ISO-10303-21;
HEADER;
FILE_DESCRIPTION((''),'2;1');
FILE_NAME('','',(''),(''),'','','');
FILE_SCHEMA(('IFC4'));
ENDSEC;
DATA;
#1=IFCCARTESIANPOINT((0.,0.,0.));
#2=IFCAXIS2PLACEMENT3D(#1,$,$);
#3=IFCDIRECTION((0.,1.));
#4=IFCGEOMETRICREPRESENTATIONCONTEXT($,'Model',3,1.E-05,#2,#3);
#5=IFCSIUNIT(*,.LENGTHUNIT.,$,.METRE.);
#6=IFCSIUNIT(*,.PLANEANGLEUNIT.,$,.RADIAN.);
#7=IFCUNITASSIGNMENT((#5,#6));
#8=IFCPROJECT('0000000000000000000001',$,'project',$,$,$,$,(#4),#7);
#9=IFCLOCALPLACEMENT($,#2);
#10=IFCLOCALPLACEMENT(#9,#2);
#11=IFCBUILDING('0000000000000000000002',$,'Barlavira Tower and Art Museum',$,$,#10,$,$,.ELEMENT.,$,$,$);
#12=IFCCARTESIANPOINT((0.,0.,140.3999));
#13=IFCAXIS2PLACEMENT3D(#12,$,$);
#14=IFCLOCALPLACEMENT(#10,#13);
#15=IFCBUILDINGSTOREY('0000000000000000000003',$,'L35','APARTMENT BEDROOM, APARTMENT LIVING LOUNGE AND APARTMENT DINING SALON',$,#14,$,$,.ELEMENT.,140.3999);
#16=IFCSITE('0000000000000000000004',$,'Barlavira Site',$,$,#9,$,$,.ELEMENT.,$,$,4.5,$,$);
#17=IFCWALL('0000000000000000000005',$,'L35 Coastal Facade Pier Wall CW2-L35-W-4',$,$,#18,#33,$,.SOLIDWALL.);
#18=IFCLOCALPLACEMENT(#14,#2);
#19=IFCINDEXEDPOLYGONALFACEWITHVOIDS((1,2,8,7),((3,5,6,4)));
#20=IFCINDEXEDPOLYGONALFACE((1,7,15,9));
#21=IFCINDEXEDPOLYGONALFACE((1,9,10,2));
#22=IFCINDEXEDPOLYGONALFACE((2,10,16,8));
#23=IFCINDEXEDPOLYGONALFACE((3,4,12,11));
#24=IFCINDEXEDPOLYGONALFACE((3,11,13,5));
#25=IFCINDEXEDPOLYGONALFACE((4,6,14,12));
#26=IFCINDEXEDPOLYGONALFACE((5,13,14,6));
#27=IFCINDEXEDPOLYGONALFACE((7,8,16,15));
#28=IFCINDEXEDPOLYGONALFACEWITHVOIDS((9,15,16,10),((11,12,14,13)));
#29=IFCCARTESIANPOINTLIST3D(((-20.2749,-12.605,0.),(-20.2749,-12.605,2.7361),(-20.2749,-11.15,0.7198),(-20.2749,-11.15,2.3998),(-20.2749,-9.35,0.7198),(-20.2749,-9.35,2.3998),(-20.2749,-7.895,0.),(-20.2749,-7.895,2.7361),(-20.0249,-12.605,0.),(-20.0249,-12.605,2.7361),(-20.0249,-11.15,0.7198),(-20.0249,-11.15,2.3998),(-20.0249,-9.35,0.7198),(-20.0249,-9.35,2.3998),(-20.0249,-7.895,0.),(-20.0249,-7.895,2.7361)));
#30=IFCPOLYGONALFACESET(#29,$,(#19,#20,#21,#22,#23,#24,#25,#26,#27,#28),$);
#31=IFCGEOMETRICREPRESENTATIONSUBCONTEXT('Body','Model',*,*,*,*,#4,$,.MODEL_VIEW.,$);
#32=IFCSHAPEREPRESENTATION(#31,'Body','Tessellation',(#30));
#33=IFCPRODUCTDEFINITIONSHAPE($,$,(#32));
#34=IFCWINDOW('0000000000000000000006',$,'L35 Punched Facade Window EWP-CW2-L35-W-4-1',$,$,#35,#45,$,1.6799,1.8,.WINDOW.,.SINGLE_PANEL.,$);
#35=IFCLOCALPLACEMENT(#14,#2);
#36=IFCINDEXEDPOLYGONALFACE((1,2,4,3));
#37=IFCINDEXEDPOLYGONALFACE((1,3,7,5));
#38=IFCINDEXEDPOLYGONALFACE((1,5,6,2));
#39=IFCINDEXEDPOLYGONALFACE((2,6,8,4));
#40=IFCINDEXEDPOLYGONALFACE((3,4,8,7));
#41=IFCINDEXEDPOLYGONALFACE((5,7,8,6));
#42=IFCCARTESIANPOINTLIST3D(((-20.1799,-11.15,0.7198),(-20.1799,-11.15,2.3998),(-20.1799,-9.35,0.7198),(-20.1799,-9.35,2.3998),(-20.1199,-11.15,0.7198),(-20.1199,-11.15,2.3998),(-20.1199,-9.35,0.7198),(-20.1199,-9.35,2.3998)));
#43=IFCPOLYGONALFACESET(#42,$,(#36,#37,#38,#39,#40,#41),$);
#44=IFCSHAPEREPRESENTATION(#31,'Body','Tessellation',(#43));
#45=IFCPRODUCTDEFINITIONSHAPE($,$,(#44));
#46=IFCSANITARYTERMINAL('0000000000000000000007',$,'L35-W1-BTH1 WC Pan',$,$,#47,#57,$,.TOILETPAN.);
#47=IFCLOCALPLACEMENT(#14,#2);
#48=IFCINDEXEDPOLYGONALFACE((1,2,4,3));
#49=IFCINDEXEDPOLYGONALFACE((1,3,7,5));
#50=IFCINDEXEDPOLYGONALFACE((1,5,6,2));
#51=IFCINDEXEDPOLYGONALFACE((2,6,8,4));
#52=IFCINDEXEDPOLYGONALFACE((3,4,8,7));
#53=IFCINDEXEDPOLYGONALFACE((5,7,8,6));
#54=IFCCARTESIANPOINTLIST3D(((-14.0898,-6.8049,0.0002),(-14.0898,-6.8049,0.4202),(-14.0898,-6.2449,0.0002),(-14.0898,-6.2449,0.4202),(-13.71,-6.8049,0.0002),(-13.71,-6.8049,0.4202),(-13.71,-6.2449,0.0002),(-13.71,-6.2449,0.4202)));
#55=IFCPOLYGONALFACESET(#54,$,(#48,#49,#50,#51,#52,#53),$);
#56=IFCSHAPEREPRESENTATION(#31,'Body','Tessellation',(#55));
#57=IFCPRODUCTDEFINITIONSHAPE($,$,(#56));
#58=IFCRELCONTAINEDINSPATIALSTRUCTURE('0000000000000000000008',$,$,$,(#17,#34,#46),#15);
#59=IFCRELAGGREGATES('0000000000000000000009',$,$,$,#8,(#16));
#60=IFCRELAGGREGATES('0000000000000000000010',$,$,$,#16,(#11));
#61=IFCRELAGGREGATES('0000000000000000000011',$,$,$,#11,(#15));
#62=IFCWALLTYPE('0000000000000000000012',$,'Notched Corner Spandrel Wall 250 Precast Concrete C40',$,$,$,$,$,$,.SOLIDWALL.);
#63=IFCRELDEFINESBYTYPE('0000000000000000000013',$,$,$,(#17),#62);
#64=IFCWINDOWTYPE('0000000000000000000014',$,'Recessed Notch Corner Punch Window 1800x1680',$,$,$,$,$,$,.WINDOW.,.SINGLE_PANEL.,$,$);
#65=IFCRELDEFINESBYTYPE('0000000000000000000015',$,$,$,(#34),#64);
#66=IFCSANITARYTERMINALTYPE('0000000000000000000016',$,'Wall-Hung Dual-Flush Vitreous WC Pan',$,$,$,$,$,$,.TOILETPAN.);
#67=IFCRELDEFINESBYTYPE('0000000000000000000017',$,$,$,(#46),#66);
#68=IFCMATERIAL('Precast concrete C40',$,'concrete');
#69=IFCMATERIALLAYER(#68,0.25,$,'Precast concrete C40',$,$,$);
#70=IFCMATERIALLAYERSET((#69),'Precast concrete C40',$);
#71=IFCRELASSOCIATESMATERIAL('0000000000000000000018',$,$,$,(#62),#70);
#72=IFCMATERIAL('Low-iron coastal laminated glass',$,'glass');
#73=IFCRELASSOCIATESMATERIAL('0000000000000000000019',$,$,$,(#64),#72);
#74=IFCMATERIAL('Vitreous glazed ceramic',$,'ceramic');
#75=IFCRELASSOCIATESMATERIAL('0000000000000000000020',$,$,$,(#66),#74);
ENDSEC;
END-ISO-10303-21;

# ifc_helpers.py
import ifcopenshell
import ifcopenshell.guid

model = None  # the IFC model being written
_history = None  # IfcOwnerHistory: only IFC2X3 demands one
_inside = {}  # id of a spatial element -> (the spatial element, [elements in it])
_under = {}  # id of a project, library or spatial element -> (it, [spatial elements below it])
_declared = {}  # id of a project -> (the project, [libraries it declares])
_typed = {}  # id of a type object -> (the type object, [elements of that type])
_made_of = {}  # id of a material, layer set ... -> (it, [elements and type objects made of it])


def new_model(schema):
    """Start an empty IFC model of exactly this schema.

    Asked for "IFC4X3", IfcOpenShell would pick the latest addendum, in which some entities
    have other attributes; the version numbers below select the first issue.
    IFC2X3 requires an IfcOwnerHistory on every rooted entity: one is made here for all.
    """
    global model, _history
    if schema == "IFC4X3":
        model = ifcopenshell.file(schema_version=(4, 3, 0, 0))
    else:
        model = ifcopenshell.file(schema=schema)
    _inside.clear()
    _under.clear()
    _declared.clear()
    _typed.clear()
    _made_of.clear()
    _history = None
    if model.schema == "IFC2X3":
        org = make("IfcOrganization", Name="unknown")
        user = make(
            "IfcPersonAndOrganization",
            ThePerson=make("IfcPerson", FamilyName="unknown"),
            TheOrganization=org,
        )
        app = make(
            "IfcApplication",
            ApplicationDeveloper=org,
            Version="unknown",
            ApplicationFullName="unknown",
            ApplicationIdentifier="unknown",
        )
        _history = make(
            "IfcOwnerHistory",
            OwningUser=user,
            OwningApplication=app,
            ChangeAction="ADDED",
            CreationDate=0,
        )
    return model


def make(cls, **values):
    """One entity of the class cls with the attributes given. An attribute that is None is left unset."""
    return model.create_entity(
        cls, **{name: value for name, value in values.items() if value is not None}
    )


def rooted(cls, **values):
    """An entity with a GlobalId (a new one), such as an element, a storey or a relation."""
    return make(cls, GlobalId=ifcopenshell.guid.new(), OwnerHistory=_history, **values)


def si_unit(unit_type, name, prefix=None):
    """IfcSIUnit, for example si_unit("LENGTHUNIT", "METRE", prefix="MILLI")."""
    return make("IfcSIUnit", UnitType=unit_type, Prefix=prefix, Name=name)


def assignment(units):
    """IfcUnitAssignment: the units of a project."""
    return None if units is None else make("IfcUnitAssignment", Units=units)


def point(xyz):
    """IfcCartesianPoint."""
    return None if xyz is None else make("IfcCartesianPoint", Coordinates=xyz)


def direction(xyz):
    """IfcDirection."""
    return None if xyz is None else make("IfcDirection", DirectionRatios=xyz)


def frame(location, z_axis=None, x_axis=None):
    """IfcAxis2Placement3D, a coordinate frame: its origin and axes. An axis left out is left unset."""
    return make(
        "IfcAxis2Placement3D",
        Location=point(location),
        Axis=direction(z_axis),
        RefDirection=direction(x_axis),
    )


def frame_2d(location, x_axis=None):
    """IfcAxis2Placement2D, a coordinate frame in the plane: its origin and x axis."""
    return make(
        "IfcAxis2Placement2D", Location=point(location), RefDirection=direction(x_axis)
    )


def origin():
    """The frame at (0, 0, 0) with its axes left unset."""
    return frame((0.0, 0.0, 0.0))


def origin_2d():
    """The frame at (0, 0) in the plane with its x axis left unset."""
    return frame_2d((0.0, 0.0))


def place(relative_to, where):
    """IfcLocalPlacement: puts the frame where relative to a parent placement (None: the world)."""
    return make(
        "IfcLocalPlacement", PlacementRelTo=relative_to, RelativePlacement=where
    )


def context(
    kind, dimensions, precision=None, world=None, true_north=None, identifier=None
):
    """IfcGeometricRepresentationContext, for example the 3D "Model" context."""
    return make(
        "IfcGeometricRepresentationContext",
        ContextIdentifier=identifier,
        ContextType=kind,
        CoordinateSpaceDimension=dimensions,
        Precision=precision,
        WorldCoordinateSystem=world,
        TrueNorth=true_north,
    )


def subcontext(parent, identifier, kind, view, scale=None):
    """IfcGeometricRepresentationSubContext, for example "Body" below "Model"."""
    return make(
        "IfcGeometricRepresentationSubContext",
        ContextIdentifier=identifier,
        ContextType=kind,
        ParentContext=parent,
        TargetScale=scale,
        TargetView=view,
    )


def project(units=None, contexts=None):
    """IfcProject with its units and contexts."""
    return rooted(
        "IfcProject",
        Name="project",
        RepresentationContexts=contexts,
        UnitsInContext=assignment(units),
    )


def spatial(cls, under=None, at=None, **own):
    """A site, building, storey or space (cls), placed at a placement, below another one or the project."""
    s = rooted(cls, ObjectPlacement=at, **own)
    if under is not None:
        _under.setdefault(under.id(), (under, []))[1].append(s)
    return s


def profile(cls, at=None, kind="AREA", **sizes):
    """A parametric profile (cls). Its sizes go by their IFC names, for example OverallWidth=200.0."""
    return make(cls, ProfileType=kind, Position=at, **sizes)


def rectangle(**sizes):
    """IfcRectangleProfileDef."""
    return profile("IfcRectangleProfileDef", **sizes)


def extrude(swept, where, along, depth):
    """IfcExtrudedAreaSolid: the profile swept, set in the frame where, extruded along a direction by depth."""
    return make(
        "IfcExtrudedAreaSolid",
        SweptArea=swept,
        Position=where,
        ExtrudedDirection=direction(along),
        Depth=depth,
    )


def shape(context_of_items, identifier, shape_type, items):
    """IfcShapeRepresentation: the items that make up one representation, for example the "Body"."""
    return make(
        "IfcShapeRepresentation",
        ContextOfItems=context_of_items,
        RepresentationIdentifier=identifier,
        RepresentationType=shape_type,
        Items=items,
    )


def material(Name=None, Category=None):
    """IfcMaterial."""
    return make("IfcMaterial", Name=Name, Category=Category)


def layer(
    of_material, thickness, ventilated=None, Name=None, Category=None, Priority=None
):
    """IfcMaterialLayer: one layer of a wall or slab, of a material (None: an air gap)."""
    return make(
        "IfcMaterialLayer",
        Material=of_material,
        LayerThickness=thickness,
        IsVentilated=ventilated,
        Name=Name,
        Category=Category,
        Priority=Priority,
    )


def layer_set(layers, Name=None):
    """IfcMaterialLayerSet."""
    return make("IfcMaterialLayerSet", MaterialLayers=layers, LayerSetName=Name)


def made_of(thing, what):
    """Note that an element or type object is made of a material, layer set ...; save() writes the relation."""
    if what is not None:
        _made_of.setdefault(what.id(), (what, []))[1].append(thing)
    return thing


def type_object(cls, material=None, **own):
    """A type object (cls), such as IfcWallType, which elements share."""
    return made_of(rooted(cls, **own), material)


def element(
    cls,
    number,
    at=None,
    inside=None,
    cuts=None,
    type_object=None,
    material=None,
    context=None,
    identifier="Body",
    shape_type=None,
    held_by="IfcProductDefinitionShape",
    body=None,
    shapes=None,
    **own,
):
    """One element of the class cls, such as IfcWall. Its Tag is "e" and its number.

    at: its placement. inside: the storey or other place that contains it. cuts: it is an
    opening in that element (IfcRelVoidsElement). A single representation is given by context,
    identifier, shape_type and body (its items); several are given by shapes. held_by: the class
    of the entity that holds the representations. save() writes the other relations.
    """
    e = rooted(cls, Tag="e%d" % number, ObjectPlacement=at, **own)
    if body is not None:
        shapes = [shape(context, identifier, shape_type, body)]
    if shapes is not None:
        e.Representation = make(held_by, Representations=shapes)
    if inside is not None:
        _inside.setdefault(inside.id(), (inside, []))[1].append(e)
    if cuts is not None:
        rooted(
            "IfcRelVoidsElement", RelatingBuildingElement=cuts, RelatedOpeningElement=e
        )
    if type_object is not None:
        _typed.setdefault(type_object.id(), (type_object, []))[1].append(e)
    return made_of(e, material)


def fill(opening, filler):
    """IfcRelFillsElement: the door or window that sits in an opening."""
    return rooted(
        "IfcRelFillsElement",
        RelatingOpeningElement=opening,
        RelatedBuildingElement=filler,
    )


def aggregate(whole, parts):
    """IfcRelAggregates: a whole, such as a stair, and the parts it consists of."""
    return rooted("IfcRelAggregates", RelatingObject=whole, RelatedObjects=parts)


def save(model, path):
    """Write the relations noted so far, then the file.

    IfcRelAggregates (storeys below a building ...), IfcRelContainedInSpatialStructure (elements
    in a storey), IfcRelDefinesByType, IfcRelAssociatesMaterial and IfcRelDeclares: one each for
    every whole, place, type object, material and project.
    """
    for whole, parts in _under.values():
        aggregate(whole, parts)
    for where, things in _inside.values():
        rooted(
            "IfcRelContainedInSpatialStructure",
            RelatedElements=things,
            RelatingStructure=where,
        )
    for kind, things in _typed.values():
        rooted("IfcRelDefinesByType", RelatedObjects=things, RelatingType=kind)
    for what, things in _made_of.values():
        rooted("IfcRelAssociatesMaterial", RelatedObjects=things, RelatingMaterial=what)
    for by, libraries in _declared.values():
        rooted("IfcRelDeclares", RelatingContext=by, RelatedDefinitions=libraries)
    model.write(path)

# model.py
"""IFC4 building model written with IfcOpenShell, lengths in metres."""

from ifc_helpers import new_model, si_unit, direction, frame, frame_2d, origin, origin_2d, place, context, subcontext, project, spatial, rectangle, extrude, material, layer, layer_set, type_object, element, fill, save


model = new_model("IFC4")

# Units and contexts
model_context = context("Model", 3, precision=1e-05, world=origin(), true_north=direction((0.0, 1.0)))
body_context = subcontext(model_context, "Body", "Model", "MODEL_VIEW")
ifc_project = project(units=[si_unit("LENGTHUNIT", "METRE"), si_unit("PLANEANGLEUNIT", "RADIAN")], contexts=[model_context])

# Site, building, storey
site_placement = place(None, origin())
site = spatial("IfcSite", under=ifc_project, at=site_placement, Name="Barlavira Site", CompositionType="ELEMENT", RefElevation=4.5)
building_placement = place(site_placement, origin())
building = spatial("IfcBuilding", under=site, at=building_placement, Name="Barlavira Tower and Art Museum", CompositionType="ELEMENT")
storey_placement = place(building_placement, frame((0.0, 0.0, 140.3999)))
storey = spatial("IfcBuildingStorey", under=building, at=storey_placement, Name="L35", Description="APARTMENT BEDROOM, APARTMENT LIVING LOUNGE AND APARTMENT DINING SALON", CompositionType="ELEMENT", Elevation=140.3999)

# Shared definitions
ifc_material_1 = material(Name="Low-iron coastal laminated glass", Category="glass")

# Wall, opening, window
ifc_material_2 = material(Name="Precast concrete C40", Category="concrete")
ifc_layer_1 = layer(ifc_material_2, 0.25, Name="Precast concrete C40")
ifc_layer_set_1 = layer_set([ifc_layer_1], Name="Precast concrete C40")
wall_type_1 = type_object("IfcWallType", Name="Notched Corner Spandrel Wall 250 Precast Concrete C40", PredefinedType="SOLIDWALL", material=ifc_layer_set_1)
wall_1_placement = place(storey_placement, frame((-20.1499, -7.895, 0.0), z_axis=(0.0, 0.0, 1.0), x_axis=(0.0, -1.0, 0.0)))
wall_1 = element("IfcWall", 1, at=wall_1_placement, inside=storey, type_object=wall_type_1, Name="L35 Coastal Facade Pier Wall CW2-L35-W-4", PredefinedType="SOLIDWALL", context=body_context, shape_type="SweptSolid", body=[
    extrude(rectangle(XDim=4.71, YDim=0.25, at=frame_2d((2.355, 0.0))), origin(), (0.0, 0.0, 1.0), 2.7361),
])
opening_1_placement = place(wall_1_placement, frame((1.4551, 0.0, 0.72)))
opening_1 = element("IfcOpeningElement", 2, at=opening_1_placement, cuts=wall_1, PredefinedType="OPENING", context=body_context, shape_type="SweptSolid", body=[
    extrude(rectangle(XDim=1.8, YDim=1.6799, at=frame_2d((0.8999, 0.8398))), frame((0.0, 0.135, 0.0), z_axis=(0.0, -1.0, 0.0), x_axis=(1.0, 0.0, 0.0)), (0.0, 0.0, 1.0), 0.27),
])
window_type = type_object("IfcWindowType", Name="Recessed Notch Corner Punch Window 1800x1680", PartitioningType="SINGLE_PANEL", PredefinedType="WINDOW", material=ifc_material_1)
window_placement = place(opening_1_placement, origin())
window = element("IfcWindow", 3, at=window_placement, inside=storey, type_object=window_type, Name="L35 Punched Facade Window EWP-CW2-L35-W-4-1", OverallHeight=1.6799, OverallWidth=1.8, PartitioningType="SINGLE_PANEL", PredefinedType="WINDOW", context=body_context, shape_type="SweptSolid", body=[
    extrude(rectangle(XDim=1.8, YDim=1.6799, at=frame_2d((0.8999, 0.8398))), frame((0.0, 0.03, 0.0), z_axis=(0.0, -1.0, 0.0), x_axis=(1.0, 0.0, 0.0)), (0.0, 0.0, 1.0), 0.0601),
])
fill(opening_1, window)

# Sanitary terminal
ifc_material_3 = material(Name="Vitreous glazed ceramic", Category="ceramic")
sanitary_terminal_type = type_object("IfcSanitaryTerminalType", Name="Wall-Hung Dual-Flush Vitreous WC Pan", PredefinedType="TOILETPAN", material=ifc_material_3)
sanitary_terminal_placement = place(storey_placement, frame((-13.8999, -6.5249, 0.0002), z_axis=(0.0, 0.0, 1.0), x_axis=(1.0, 0.0, 0.0)))
element("IfcSanitaryTerminal", 4, at=sanitary_terminal_placement, inside=storey, type_object=sanitary_terminal_type, Name="L35-W1-BTH1 WC Pan", PredefinedType="TOILETPAN", context=body_context, shape_type="SweptSolid", body=[
    extrude(rectangle(XDim=0.3799, YDim=0.5601, at=origin_2d()), origin(), (0.0, 0.0, 1.0), 0.4199),
])

save(model, "model.ifc")
